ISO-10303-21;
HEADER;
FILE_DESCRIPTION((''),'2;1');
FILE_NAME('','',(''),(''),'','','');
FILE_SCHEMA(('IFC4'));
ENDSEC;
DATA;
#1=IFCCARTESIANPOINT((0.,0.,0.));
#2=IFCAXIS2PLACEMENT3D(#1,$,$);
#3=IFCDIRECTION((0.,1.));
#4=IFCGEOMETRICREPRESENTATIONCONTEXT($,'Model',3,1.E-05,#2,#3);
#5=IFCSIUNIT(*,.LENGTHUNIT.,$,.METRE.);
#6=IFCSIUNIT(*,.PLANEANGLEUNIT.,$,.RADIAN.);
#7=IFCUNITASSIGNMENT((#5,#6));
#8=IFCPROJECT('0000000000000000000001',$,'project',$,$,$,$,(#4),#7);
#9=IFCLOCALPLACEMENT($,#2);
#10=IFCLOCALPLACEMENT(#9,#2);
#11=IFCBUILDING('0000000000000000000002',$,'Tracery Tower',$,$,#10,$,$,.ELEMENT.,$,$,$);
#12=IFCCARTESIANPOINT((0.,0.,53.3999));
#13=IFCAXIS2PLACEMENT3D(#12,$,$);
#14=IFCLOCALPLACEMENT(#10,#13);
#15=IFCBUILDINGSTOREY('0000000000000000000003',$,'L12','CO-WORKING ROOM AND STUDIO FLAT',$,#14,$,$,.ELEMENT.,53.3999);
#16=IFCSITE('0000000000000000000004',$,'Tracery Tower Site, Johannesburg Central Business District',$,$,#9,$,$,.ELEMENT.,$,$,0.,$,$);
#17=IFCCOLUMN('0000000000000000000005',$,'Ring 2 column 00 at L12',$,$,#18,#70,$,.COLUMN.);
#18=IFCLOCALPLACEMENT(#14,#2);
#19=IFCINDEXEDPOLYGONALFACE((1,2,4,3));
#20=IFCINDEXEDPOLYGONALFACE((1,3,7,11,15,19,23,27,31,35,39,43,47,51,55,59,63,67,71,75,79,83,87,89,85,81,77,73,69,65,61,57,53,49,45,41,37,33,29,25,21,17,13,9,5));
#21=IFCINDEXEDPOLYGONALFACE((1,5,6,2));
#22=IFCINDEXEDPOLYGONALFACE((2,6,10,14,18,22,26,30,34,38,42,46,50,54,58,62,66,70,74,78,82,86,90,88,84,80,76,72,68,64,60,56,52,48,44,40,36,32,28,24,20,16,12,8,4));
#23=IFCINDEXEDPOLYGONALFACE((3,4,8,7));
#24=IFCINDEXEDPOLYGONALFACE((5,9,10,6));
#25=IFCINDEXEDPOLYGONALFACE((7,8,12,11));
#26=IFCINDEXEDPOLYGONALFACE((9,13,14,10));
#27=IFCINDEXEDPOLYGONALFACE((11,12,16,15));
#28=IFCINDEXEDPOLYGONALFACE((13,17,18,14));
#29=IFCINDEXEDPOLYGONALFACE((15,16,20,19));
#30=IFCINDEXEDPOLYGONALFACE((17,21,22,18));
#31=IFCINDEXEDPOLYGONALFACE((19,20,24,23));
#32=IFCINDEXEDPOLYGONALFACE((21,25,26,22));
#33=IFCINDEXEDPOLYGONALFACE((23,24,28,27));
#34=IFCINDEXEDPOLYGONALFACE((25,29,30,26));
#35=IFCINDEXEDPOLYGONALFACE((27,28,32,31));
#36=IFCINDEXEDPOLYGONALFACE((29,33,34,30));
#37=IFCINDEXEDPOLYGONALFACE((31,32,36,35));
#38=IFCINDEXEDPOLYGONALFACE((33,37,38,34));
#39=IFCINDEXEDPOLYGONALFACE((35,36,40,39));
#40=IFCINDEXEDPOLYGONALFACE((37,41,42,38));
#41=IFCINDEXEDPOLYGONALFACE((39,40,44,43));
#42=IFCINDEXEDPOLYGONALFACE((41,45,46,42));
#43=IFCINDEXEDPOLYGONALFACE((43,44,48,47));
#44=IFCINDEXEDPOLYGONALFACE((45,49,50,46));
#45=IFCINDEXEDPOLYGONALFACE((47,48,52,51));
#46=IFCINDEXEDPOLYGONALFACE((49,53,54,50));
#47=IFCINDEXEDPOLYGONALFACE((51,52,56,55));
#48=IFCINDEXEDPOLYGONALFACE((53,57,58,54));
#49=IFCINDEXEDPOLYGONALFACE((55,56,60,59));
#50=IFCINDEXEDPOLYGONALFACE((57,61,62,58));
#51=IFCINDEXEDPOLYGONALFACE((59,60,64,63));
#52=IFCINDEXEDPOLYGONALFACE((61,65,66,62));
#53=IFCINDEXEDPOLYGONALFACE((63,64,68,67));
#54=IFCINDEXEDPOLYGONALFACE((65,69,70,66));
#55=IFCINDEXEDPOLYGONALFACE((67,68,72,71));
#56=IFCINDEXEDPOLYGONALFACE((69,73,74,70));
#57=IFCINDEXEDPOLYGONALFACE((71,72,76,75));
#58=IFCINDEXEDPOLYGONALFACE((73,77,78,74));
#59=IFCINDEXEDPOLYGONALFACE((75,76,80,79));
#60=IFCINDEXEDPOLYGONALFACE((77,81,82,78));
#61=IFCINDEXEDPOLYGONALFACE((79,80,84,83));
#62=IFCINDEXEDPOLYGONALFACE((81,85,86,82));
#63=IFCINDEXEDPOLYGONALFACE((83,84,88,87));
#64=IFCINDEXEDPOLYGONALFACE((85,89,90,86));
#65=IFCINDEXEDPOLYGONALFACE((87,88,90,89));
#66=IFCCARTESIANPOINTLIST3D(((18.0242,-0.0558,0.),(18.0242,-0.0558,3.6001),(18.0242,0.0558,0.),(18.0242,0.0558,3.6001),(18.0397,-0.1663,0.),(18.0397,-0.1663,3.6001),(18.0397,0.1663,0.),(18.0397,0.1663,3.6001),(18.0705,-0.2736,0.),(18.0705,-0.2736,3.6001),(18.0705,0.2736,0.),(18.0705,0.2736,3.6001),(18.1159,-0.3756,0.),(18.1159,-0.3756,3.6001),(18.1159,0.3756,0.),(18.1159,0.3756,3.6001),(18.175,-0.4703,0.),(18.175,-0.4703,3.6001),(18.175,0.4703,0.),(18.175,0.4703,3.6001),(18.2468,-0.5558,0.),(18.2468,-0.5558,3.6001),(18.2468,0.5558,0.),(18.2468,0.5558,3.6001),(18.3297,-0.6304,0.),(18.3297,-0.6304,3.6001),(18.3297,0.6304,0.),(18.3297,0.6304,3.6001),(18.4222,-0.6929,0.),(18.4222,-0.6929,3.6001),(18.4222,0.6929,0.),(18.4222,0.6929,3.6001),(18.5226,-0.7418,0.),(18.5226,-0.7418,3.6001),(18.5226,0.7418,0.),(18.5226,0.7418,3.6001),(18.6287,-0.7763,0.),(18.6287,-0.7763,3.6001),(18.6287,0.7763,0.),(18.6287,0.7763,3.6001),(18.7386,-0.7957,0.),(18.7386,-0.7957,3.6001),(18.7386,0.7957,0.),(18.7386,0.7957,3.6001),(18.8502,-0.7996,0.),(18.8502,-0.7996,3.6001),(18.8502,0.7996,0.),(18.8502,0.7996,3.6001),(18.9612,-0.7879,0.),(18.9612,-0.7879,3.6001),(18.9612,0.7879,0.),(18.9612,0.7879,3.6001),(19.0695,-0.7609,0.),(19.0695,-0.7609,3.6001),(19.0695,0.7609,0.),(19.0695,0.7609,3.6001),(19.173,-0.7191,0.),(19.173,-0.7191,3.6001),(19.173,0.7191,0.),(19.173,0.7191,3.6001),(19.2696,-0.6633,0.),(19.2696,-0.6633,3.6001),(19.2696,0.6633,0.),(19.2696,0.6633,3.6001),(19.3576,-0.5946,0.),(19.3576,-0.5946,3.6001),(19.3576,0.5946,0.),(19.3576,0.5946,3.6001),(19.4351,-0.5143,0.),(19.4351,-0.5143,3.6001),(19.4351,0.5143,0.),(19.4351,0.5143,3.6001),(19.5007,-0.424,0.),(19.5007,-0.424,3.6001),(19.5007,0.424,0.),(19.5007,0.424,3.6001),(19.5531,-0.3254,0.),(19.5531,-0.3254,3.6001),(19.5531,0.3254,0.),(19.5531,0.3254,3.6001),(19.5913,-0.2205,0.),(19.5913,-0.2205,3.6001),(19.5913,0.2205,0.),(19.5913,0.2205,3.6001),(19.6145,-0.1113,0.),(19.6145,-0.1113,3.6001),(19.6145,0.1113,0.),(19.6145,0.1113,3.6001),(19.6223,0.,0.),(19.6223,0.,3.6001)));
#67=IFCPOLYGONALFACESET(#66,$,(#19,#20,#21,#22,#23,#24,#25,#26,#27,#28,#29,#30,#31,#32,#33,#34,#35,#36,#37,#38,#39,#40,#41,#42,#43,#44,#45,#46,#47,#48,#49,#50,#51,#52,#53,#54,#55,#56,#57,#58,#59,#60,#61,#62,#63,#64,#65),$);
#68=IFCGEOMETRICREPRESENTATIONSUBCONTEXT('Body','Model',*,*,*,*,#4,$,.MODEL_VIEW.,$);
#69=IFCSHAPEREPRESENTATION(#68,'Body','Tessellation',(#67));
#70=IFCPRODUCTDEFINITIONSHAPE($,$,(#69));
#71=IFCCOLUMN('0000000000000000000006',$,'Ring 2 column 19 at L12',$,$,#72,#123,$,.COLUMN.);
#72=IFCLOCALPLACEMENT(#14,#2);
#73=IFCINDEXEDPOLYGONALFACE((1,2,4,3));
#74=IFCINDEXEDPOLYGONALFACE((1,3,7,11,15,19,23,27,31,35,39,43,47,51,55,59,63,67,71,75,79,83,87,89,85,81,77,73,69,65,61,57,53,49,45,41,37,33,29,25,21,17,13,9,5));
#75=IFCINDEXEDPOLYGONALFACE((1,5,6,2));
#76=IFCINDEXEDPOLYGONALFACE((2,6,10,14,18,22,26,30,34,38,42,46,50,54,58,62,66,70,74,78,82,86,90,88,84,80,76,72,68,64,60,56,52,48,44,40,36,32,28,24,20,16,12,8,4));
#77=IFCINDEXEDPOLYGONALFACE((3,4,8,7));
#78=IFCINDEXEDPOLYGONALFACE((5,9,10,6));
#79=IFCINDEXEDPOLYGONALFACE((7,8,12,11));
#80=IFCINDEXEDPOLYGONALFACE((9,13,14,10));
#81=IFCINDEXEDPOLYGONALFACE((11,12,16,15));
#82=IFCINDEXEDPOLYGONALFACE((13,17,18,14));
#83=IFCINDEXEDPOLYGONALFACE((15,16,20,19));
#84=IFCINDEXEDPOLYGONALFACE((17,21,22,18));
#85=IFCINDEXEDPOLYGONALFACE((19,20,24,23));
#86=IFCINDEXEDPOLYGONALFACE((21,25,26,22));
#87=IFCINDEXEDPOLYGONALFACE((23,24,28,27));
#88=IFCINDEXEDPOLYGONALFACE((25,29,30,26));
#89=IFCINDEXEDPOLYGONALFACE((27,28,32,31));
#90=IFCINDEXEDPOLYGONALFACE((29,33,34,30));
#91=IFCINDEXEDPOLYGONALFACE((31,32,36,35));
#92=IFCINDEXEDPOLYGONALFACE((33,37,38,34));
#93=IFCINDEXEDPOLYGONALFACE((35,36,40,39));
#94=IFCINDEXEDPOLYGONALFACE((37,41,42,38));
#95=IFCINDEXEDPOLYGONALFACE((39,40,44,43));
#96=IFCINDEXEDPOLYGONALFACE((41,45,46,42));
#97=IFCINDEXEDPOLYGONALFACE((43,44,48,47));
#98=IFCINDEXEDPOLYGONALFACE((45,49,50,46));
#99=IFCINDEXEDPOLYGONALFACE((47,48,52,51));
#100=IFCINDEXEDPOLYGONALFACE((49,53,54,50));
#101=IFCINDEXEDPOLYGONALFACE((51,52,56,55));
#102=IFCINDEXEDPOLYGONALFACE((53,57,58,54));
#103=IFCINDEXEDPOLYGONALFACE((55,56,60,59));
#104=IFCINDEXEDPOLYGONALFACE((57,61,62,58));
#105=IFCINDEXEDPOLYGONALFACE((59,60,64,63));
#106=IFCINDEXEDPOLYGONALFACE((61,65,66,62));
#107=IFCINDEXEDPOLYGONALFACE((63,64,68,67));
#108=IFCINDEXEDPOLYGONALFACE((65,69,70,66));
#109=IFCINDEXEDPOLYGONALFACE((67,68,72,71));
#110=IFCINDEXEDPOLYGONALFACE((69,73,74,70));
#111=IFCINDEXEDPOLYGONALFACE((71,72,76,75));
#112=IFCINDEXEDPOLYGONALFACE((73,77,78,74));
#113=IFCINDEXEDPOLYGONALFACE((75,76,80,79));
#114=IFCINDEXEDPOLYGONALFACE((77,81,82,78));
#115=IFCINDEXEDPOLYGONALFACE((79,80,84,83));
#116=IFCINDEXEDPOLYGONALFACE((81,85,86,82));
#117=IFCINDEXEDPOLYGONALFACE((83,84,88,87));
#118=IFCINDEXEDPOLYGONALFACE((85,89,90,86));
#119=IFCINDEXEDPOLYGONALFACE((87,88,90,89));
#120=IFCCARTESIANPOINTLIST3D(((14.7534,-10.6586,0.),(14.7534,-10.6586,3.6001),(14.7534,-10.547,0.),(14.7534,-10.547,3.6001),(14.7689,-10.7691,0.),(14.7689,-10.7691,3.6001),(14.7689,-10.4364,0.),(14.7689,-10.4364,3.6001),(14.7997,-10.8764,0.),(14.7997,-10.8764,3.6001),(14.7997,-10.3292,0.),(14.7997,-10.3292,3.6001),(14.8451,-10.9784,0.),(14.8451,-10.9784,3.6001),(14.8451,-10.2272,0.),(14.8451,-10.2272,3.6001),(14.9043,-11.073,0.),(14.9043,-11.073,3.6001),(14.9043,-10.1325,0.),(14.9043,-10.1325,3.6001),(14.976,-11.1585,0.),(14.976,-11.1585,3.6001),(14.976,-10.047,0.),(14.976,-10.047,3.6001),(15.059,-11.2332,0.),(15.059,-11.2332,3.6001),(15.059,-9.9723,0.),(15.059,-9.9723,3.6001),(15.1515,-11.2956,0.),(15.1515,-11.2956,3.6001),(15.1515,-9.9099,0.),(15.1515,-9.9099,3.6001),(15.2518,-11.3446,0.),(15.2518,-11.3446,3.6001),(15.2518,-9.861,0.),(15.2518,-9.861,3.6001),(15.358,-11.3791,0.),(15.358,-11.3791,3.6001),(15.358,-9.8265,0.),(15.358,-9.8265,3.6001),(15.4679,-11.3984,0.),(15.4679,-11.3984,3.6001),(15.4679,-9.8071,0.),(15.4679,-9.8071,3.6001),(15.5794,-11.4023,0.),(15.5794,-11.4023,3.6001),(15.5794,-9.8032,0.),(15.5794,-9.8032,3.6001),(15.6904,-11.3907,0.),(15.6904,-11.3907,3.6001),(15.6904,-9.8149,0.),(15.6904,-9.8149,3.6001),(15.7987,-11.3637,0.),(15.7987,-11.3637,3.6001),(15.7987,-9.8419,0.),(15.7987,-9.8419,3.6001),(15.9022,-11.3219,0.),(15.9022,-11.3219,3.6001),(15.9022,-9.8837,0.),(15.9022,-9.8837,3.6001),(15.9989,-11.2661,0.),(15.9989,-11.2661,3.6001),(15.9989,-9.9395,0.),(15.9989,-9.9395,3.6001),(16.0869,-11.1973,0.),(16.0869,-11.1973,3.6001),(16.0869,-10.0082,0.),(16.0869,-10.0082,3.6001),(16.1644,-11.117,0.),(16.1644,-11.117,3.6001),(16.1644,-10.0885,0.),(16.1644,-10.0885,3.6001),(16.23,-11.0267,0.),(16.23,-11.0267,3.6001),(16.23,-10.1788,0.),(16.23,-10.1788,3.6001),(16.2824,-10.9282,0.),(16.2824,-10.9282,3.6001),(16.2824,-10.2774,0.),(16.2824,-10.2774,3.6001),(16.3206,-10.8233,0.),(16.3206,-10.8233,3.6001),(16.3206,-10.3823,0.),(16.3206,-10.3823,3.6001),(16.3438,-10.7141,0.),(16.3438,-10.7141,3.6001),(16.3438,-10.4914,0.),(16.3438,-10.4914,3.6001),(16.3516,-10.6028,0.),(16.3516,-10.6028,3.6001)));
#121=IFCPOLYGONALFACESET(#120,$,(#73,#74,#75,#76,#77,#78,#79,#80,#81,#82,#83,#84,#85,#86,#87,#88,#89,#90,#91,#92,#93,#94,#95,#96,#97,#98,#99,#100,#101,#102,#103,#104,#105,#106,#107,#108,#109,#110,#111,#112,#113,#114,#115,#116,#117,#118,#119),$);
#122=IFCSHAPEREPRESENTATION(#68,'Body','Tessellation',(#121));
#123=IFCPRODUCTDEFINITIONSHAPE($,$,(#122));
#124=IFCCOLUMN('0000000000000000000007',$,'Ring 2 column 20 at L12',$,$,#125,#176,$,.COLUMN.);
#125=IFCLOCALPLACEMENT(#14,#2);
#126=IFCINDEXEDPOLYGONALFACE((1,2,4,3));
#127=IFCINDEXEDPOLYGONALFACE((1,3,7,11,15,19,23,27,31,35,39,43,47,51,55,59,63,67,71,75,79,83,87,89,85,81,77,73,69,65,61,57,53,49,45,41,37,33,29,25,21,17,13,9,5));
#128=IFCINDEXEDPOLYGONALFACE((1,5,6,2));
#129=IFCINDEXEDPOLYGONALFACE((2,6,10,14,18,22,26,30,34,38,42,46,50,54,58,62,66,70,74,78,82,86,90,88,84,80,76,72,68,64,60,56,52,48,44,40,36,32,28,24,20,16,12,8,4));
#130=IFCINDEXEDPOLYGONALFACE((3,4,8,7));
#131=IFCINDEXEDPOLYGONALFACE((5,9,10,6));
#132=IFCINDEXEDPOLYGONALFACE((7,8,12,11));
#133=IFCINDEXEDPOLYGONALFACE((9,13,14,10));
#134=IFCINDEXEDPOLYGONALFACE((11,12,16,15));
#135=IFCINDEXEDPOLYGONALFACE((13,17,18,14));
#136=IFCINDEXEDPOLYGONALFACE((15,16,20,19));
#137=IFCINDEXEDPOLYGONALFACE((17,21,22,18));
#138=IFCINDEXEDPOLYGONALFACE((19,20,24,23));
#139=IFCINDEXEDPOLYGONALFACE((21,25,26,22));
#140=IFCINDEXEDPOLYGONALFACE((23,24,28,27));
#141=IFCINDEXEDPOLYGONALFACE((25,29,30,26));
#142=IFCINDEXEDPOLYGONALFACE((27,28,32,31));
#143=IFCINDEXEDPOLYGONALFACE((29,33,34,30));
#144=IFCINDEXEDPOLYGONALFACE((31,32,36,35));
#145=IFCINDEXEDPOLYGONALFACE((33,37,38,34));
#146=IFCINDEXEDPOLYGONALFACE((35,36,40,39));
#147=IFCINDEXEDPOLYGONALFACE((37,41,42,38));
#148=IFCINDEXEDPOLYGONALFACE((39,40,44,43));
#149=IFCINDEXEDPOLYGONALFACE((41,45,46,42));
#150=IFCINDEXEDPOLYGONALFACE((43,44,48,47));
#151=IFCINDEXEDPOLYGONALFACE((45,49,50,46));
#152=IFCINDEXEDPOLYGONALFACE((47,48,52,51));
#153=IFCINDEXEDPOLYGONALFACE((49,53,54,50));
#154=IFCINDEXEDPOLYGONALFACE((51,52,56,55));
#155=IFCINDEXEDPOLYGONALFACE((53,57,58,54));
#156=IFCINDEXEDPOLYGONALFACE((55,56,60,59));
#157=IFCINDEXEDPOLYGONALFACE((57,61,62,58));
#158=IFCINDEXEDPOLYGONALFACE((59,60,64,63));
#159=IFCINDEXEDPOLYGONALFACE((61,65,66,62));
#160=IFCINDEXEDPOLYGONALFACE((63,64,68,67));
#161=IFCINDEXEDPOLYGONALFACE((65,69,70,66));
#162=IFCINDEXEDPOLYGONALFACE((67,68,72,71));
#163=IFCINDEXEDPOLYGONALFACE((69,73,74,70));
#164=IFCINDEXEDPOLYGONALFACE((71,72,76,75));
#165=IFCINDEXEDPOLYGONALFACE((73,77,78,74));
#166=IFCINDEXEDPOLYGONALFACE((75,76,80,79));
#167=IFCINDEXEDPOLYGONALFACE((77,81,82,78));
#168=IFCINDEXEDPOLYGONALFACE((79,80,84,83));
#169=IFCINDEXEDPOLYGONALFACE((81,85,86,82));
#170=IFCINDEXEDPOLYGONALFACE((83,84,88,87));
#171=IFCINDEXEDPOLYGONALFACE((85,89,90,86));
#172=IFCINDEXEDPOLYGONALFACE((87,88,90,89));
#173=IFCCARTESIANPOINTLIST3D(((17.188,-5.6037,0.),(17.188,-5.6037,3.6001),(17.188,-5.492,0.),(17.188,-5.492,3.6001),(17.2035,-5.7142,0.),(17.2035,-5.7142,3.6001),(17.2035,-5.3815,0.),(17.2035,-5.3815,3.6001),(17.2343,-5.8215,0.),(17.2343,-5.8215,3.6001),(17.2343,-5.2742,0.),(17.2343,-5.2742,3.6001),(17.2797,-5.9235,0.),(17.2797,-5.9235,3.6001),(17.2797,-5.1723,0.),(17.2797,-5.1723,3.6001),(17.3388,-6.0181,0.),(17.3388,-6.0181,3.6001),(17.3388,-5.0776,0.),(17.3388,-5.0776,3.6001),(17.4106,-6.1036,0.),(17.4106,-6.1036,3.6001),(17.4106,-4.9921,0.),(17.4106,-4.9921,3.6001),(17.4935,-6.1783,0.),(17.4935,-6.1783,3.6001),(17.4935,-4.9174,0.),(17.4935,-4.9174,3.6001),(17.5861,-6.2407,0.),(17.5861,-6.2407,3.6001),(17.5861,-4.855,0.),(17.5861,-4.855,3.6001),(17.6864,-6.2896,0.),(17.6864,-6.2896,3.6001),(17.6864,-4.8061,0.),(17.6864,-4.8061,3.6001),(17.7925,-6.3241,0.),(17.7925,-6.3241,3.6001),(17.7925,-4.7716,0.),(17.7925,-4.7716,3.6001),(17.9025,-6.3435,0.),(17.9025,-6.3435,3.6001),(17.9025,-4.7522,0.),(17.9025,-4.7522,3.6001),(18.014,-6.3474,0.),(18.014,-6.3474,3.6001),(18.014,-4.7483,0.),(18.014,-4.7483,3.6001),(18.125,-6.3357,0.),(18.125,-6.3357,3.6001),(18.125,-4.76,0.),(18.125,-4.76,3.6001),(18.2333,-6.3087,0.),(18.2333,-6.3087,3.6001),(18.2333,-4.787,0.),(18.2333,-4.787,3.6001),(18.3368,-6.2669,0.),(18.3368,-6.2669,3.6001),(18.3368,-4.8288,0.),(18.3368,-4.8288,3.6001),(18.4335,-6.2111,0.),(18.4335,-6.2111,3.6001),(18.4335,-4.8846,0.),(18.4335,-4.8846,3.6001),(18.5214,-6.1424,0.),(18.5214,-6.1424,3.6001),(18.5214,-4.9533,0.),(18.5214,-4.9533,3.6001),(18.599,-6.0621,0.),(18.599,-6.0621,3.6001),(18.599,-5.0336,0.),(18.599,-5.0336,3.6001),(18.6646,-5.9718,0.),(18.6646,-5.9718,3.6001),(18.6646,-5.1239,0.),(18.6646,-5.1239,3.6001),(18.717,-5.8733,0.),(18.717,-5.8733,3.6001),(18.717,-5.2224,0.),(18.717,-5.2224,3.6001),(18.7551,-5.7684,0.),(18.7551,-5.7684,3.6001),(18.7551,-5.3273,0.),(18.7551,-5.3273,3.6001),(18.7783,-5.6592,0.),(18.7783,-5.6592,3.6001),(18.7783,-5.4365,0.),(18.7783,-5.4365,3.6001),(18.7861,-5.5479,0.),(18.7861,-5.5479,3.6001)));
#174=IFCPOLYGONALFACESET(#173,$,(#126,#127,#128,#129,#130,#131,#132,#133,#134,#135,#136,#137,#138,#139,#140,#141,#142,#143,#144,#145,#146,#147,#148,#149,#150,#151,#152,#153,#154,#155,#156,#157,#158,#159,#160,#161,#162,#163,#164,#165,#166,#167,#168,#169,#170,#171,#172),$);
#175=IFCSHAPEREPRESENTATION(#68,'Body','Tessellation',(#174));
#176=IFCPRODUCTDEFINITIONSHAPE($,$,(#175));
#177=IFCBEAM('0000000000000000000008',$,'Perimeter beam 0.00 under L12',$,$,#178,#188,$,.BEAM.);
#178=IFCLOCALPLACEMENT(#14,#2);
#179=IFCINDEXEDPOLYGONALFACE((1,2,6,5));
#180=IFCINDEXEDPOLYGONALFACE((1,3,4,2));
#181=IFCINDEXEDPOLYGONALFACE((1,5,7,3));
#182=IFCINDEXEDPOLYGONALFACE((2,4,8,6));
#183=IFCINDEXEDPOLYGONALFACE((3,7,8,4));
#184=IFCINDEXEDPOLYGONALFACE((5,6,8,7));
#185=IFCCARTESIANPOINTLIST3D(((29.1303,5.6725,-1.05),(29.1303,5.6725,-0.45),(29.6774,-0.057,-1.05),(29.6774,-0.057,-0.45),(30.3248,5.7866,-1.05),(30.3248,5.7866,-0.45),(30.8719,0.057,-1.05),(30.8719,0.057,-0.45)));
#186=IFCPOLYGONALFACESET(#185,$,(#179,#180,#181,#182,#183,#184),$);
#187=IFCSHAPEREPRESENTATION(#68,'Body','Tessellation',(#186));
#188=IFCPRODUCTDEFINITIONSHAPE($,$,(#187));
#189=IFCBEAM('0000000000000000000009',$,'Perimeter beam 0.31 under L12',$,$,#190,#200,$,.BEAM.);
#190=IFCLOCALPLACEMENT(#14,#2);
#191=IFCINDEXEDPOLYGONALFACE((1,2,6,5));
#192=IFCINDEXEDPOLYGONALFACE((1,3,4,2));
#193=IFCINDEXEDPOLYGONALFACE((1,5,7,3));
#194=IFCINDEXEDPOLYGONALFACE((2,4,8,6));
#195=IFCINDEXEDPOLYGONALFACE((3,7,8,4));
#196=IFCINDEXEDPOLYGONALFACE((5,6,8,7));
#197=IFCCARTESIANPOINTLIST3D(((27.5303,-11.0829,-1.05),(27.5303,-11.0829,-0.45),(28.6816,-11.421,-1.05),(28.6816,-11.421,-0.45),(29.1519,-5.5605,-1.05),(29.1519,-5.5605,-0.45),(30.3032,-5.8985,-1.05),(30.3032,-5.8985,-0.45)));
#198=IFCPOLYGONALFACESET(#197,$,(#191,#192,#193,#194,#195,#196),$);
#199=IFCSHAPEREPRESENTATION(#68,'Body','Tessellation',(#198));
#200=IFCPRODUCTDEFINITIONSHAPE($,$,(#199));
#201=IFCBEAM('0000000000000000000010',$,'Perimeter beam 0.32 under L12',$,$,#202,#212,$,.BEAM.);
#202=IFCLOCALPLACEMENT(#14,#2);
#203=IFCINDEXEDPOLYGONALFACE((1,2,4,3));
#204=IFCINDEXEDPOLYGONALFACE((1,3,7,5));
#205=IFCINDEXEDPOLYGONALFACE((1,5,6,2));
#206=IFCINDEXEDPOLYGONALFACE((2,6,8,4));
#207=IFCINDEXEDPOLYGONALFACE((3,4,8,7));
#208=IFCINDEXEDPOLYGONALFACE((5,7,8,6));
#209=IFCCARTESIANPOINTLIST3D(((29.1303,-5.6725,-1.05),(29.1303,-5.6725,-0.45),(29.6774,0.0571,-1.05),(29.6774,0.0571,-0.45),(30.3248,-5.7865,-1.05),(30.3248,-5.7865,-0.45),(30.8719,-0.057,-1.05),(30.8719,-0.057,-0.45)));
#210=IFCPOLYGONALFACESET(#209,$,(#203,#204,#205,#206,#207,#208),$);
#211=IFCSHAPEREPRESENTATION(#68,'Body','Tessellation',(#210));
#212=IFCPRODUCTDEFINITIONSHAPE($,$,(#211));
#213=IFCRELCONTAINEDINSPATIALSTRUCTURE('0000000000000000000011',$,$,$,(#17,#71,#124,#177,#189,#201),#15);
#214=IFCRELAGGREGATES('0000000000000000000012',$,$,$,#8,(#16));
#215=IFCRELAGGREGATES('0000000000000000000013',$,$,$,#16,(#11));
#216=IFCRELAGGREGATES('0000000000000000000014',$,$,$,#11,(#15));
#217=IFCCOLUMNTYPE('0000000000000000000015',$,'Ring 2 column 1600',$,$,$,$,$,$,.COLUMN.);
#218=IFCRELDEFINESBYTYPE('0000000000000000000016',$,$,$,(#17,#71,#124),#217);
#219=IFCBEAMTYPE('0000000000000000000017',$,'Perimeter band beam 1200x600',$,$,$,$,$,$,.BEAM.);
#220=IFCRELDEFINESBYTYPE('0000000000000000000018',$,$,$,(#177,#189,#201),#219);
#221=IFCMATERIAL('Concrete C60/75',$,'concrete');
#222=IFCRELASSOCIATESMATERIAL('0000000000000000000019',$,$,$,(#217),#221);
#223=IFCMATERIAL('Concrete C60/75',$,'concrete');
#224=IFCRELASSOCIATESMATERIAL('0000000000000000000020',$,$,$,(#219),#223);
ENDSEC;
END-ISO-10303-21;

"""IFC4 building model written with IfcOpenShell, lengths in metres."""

from ifc_helpers import new_model, si_unit, direction, frame, origin, origin_2d, place, context, subcontext, project, spatial, rectangle, circle, extrude, material, material_profile, profile_set, type_object, element, save


model = new_model("IFC4")

# Units and contexts
model_context = context("Model", 3, precision=1e-05, world=origin(), true_north=direction((0.0, 1.0)))
body_context = subcontext(model_context, "Body", "Model", "MODEL_VIEW")
ifc_project = project(units=[si_unit("LENGTHUNIT", "METRE"), si_unit("PLANEANGLEUNIT", "RADIAN")], contexts=[model_context])

# Site, building, storey
site_placement = place(None, origin())
site = spatial("IfcSite", under=ifc_project, at=site_placement, Name="Tracery Tower Site, Johannesburg Central Business District", CompositionType="ELEMENT", RefElevation=0.0)
building_placement = place(site_placement, origin())
building = spatial("IfcBuilding", under=site, at=building_placement, Name="Tracery Tower", CompositionType="ELEMENT")
storey_placement = place(building_placement, frame((0.0, 0.0, 53.3999)))
storey = spatial("IfcBuildingStorey", under=building, at=storey_placement, Name="L12", Description="CO-WORKING ROOM AND STUDIO FLAT", CompositionType="ELEMENT", Elevation=53.3999)

# Columns
ifc_material_1 = material(Name="Concrete C60/75", Category="concrete")
ifc_material_profile_1 = material_profile(ifc_material_1, circle(Radius=0.8, at=origin_2d()), Name="RC D1600")
ifc_profile_set_1 = profile_set([ifc_material_profile_1], Name="Concrete C60/75")
column_type_1 = type_object("IfcColumnType", Name="Ring 2 column 1600", PredefinedType="COLUMN", material=ifc_profile_set_1)
for number, where, z_axis, x_axis, name in (
    (1, (18.8223, 0.0, 0.0), (0.0, 0.0, 1.0), (1.0, 0.0, 0.0), "Ring 2 column 00 at L12"),
    (2, (15.5515, -10.6028, 0.0), (0.0, 0.0, 1.0), (1.0, 0.0, 0.0), "Ring 2 column 19 at L12"),
    (3, (17.9861, -5.5479, 0.0), (0.0, 0.0, 1.0), (1.0, 0.0, 0.0), "Ring 2 column 20 at L12"),
):
    element("IfcColumn", number, at=place(storey_placement, frame(where, z_axis=z_axis, x_axis=x_axis)), inside=storey, type_object=column_type_1, Name=name, PredefinedType="COLUMN", context=body_context, shape_type="SweptSolid", body=[
        extrude(circle(Radius=0.8, at=origin_2d()), origin(), (0.0, 0.0, 1.0), 3.6001),
    ])

# Beams
ifc_material_2 = material(Name="Concrete C60/75", Category="concrete")
ifc_material_profile_2 = material_profile(ifc_material_2, rectangle(XDim=1.2, YDim=0.6001, at=origin_2d()), Name="RC 1200x600")
ifc_profile_set_2 = profile_set([ifc_material_profile_2], Name="Concrete C60/75")
beam_type = type_object("IfcBeamType", Name="Perimeter band beam 1200x600", PredefinedType="BEAM", material=ifc_profile_set_2)
for number, where, z_axis, x_axis, name in (
    (4, (30.2747, 0.0, -0.75), (-0.095059, 0.995472, 0.0), (-0.995472, -0.095059, 0.0), "Perimeter beam 0.00 under L12"),
    (5, (28.106, -11.252, -0.75), (0.281739, 0.959491, 0.0), (-0.959491, 0.281739, 0.0), "Perimeter beam 0.31 under L12"),
    (6, (29.7275, -5.7295, -0.75), (0.095059, 0.995472, 0.0), (-0.995472, 0.095059, 0.0), "Perimeter beam 0.32 under L12"),
):
    element("IfcBeam", number, at=place(storey_placement, frame(where, z_axis=z_axis, x_axis=x_axis)), inside=storey, type_object=beam_type, Name=name, PredefinedType="BEAM", context=body_context, shape_type="SweptSolid", body=[
        extrude(rectangle(XDim=1.2, YDim=0.6001, at=origin_2d()), origin(), (0.0, 0.0, 1.0), 5.7556),
    ])

save(model, "model.ifc")
